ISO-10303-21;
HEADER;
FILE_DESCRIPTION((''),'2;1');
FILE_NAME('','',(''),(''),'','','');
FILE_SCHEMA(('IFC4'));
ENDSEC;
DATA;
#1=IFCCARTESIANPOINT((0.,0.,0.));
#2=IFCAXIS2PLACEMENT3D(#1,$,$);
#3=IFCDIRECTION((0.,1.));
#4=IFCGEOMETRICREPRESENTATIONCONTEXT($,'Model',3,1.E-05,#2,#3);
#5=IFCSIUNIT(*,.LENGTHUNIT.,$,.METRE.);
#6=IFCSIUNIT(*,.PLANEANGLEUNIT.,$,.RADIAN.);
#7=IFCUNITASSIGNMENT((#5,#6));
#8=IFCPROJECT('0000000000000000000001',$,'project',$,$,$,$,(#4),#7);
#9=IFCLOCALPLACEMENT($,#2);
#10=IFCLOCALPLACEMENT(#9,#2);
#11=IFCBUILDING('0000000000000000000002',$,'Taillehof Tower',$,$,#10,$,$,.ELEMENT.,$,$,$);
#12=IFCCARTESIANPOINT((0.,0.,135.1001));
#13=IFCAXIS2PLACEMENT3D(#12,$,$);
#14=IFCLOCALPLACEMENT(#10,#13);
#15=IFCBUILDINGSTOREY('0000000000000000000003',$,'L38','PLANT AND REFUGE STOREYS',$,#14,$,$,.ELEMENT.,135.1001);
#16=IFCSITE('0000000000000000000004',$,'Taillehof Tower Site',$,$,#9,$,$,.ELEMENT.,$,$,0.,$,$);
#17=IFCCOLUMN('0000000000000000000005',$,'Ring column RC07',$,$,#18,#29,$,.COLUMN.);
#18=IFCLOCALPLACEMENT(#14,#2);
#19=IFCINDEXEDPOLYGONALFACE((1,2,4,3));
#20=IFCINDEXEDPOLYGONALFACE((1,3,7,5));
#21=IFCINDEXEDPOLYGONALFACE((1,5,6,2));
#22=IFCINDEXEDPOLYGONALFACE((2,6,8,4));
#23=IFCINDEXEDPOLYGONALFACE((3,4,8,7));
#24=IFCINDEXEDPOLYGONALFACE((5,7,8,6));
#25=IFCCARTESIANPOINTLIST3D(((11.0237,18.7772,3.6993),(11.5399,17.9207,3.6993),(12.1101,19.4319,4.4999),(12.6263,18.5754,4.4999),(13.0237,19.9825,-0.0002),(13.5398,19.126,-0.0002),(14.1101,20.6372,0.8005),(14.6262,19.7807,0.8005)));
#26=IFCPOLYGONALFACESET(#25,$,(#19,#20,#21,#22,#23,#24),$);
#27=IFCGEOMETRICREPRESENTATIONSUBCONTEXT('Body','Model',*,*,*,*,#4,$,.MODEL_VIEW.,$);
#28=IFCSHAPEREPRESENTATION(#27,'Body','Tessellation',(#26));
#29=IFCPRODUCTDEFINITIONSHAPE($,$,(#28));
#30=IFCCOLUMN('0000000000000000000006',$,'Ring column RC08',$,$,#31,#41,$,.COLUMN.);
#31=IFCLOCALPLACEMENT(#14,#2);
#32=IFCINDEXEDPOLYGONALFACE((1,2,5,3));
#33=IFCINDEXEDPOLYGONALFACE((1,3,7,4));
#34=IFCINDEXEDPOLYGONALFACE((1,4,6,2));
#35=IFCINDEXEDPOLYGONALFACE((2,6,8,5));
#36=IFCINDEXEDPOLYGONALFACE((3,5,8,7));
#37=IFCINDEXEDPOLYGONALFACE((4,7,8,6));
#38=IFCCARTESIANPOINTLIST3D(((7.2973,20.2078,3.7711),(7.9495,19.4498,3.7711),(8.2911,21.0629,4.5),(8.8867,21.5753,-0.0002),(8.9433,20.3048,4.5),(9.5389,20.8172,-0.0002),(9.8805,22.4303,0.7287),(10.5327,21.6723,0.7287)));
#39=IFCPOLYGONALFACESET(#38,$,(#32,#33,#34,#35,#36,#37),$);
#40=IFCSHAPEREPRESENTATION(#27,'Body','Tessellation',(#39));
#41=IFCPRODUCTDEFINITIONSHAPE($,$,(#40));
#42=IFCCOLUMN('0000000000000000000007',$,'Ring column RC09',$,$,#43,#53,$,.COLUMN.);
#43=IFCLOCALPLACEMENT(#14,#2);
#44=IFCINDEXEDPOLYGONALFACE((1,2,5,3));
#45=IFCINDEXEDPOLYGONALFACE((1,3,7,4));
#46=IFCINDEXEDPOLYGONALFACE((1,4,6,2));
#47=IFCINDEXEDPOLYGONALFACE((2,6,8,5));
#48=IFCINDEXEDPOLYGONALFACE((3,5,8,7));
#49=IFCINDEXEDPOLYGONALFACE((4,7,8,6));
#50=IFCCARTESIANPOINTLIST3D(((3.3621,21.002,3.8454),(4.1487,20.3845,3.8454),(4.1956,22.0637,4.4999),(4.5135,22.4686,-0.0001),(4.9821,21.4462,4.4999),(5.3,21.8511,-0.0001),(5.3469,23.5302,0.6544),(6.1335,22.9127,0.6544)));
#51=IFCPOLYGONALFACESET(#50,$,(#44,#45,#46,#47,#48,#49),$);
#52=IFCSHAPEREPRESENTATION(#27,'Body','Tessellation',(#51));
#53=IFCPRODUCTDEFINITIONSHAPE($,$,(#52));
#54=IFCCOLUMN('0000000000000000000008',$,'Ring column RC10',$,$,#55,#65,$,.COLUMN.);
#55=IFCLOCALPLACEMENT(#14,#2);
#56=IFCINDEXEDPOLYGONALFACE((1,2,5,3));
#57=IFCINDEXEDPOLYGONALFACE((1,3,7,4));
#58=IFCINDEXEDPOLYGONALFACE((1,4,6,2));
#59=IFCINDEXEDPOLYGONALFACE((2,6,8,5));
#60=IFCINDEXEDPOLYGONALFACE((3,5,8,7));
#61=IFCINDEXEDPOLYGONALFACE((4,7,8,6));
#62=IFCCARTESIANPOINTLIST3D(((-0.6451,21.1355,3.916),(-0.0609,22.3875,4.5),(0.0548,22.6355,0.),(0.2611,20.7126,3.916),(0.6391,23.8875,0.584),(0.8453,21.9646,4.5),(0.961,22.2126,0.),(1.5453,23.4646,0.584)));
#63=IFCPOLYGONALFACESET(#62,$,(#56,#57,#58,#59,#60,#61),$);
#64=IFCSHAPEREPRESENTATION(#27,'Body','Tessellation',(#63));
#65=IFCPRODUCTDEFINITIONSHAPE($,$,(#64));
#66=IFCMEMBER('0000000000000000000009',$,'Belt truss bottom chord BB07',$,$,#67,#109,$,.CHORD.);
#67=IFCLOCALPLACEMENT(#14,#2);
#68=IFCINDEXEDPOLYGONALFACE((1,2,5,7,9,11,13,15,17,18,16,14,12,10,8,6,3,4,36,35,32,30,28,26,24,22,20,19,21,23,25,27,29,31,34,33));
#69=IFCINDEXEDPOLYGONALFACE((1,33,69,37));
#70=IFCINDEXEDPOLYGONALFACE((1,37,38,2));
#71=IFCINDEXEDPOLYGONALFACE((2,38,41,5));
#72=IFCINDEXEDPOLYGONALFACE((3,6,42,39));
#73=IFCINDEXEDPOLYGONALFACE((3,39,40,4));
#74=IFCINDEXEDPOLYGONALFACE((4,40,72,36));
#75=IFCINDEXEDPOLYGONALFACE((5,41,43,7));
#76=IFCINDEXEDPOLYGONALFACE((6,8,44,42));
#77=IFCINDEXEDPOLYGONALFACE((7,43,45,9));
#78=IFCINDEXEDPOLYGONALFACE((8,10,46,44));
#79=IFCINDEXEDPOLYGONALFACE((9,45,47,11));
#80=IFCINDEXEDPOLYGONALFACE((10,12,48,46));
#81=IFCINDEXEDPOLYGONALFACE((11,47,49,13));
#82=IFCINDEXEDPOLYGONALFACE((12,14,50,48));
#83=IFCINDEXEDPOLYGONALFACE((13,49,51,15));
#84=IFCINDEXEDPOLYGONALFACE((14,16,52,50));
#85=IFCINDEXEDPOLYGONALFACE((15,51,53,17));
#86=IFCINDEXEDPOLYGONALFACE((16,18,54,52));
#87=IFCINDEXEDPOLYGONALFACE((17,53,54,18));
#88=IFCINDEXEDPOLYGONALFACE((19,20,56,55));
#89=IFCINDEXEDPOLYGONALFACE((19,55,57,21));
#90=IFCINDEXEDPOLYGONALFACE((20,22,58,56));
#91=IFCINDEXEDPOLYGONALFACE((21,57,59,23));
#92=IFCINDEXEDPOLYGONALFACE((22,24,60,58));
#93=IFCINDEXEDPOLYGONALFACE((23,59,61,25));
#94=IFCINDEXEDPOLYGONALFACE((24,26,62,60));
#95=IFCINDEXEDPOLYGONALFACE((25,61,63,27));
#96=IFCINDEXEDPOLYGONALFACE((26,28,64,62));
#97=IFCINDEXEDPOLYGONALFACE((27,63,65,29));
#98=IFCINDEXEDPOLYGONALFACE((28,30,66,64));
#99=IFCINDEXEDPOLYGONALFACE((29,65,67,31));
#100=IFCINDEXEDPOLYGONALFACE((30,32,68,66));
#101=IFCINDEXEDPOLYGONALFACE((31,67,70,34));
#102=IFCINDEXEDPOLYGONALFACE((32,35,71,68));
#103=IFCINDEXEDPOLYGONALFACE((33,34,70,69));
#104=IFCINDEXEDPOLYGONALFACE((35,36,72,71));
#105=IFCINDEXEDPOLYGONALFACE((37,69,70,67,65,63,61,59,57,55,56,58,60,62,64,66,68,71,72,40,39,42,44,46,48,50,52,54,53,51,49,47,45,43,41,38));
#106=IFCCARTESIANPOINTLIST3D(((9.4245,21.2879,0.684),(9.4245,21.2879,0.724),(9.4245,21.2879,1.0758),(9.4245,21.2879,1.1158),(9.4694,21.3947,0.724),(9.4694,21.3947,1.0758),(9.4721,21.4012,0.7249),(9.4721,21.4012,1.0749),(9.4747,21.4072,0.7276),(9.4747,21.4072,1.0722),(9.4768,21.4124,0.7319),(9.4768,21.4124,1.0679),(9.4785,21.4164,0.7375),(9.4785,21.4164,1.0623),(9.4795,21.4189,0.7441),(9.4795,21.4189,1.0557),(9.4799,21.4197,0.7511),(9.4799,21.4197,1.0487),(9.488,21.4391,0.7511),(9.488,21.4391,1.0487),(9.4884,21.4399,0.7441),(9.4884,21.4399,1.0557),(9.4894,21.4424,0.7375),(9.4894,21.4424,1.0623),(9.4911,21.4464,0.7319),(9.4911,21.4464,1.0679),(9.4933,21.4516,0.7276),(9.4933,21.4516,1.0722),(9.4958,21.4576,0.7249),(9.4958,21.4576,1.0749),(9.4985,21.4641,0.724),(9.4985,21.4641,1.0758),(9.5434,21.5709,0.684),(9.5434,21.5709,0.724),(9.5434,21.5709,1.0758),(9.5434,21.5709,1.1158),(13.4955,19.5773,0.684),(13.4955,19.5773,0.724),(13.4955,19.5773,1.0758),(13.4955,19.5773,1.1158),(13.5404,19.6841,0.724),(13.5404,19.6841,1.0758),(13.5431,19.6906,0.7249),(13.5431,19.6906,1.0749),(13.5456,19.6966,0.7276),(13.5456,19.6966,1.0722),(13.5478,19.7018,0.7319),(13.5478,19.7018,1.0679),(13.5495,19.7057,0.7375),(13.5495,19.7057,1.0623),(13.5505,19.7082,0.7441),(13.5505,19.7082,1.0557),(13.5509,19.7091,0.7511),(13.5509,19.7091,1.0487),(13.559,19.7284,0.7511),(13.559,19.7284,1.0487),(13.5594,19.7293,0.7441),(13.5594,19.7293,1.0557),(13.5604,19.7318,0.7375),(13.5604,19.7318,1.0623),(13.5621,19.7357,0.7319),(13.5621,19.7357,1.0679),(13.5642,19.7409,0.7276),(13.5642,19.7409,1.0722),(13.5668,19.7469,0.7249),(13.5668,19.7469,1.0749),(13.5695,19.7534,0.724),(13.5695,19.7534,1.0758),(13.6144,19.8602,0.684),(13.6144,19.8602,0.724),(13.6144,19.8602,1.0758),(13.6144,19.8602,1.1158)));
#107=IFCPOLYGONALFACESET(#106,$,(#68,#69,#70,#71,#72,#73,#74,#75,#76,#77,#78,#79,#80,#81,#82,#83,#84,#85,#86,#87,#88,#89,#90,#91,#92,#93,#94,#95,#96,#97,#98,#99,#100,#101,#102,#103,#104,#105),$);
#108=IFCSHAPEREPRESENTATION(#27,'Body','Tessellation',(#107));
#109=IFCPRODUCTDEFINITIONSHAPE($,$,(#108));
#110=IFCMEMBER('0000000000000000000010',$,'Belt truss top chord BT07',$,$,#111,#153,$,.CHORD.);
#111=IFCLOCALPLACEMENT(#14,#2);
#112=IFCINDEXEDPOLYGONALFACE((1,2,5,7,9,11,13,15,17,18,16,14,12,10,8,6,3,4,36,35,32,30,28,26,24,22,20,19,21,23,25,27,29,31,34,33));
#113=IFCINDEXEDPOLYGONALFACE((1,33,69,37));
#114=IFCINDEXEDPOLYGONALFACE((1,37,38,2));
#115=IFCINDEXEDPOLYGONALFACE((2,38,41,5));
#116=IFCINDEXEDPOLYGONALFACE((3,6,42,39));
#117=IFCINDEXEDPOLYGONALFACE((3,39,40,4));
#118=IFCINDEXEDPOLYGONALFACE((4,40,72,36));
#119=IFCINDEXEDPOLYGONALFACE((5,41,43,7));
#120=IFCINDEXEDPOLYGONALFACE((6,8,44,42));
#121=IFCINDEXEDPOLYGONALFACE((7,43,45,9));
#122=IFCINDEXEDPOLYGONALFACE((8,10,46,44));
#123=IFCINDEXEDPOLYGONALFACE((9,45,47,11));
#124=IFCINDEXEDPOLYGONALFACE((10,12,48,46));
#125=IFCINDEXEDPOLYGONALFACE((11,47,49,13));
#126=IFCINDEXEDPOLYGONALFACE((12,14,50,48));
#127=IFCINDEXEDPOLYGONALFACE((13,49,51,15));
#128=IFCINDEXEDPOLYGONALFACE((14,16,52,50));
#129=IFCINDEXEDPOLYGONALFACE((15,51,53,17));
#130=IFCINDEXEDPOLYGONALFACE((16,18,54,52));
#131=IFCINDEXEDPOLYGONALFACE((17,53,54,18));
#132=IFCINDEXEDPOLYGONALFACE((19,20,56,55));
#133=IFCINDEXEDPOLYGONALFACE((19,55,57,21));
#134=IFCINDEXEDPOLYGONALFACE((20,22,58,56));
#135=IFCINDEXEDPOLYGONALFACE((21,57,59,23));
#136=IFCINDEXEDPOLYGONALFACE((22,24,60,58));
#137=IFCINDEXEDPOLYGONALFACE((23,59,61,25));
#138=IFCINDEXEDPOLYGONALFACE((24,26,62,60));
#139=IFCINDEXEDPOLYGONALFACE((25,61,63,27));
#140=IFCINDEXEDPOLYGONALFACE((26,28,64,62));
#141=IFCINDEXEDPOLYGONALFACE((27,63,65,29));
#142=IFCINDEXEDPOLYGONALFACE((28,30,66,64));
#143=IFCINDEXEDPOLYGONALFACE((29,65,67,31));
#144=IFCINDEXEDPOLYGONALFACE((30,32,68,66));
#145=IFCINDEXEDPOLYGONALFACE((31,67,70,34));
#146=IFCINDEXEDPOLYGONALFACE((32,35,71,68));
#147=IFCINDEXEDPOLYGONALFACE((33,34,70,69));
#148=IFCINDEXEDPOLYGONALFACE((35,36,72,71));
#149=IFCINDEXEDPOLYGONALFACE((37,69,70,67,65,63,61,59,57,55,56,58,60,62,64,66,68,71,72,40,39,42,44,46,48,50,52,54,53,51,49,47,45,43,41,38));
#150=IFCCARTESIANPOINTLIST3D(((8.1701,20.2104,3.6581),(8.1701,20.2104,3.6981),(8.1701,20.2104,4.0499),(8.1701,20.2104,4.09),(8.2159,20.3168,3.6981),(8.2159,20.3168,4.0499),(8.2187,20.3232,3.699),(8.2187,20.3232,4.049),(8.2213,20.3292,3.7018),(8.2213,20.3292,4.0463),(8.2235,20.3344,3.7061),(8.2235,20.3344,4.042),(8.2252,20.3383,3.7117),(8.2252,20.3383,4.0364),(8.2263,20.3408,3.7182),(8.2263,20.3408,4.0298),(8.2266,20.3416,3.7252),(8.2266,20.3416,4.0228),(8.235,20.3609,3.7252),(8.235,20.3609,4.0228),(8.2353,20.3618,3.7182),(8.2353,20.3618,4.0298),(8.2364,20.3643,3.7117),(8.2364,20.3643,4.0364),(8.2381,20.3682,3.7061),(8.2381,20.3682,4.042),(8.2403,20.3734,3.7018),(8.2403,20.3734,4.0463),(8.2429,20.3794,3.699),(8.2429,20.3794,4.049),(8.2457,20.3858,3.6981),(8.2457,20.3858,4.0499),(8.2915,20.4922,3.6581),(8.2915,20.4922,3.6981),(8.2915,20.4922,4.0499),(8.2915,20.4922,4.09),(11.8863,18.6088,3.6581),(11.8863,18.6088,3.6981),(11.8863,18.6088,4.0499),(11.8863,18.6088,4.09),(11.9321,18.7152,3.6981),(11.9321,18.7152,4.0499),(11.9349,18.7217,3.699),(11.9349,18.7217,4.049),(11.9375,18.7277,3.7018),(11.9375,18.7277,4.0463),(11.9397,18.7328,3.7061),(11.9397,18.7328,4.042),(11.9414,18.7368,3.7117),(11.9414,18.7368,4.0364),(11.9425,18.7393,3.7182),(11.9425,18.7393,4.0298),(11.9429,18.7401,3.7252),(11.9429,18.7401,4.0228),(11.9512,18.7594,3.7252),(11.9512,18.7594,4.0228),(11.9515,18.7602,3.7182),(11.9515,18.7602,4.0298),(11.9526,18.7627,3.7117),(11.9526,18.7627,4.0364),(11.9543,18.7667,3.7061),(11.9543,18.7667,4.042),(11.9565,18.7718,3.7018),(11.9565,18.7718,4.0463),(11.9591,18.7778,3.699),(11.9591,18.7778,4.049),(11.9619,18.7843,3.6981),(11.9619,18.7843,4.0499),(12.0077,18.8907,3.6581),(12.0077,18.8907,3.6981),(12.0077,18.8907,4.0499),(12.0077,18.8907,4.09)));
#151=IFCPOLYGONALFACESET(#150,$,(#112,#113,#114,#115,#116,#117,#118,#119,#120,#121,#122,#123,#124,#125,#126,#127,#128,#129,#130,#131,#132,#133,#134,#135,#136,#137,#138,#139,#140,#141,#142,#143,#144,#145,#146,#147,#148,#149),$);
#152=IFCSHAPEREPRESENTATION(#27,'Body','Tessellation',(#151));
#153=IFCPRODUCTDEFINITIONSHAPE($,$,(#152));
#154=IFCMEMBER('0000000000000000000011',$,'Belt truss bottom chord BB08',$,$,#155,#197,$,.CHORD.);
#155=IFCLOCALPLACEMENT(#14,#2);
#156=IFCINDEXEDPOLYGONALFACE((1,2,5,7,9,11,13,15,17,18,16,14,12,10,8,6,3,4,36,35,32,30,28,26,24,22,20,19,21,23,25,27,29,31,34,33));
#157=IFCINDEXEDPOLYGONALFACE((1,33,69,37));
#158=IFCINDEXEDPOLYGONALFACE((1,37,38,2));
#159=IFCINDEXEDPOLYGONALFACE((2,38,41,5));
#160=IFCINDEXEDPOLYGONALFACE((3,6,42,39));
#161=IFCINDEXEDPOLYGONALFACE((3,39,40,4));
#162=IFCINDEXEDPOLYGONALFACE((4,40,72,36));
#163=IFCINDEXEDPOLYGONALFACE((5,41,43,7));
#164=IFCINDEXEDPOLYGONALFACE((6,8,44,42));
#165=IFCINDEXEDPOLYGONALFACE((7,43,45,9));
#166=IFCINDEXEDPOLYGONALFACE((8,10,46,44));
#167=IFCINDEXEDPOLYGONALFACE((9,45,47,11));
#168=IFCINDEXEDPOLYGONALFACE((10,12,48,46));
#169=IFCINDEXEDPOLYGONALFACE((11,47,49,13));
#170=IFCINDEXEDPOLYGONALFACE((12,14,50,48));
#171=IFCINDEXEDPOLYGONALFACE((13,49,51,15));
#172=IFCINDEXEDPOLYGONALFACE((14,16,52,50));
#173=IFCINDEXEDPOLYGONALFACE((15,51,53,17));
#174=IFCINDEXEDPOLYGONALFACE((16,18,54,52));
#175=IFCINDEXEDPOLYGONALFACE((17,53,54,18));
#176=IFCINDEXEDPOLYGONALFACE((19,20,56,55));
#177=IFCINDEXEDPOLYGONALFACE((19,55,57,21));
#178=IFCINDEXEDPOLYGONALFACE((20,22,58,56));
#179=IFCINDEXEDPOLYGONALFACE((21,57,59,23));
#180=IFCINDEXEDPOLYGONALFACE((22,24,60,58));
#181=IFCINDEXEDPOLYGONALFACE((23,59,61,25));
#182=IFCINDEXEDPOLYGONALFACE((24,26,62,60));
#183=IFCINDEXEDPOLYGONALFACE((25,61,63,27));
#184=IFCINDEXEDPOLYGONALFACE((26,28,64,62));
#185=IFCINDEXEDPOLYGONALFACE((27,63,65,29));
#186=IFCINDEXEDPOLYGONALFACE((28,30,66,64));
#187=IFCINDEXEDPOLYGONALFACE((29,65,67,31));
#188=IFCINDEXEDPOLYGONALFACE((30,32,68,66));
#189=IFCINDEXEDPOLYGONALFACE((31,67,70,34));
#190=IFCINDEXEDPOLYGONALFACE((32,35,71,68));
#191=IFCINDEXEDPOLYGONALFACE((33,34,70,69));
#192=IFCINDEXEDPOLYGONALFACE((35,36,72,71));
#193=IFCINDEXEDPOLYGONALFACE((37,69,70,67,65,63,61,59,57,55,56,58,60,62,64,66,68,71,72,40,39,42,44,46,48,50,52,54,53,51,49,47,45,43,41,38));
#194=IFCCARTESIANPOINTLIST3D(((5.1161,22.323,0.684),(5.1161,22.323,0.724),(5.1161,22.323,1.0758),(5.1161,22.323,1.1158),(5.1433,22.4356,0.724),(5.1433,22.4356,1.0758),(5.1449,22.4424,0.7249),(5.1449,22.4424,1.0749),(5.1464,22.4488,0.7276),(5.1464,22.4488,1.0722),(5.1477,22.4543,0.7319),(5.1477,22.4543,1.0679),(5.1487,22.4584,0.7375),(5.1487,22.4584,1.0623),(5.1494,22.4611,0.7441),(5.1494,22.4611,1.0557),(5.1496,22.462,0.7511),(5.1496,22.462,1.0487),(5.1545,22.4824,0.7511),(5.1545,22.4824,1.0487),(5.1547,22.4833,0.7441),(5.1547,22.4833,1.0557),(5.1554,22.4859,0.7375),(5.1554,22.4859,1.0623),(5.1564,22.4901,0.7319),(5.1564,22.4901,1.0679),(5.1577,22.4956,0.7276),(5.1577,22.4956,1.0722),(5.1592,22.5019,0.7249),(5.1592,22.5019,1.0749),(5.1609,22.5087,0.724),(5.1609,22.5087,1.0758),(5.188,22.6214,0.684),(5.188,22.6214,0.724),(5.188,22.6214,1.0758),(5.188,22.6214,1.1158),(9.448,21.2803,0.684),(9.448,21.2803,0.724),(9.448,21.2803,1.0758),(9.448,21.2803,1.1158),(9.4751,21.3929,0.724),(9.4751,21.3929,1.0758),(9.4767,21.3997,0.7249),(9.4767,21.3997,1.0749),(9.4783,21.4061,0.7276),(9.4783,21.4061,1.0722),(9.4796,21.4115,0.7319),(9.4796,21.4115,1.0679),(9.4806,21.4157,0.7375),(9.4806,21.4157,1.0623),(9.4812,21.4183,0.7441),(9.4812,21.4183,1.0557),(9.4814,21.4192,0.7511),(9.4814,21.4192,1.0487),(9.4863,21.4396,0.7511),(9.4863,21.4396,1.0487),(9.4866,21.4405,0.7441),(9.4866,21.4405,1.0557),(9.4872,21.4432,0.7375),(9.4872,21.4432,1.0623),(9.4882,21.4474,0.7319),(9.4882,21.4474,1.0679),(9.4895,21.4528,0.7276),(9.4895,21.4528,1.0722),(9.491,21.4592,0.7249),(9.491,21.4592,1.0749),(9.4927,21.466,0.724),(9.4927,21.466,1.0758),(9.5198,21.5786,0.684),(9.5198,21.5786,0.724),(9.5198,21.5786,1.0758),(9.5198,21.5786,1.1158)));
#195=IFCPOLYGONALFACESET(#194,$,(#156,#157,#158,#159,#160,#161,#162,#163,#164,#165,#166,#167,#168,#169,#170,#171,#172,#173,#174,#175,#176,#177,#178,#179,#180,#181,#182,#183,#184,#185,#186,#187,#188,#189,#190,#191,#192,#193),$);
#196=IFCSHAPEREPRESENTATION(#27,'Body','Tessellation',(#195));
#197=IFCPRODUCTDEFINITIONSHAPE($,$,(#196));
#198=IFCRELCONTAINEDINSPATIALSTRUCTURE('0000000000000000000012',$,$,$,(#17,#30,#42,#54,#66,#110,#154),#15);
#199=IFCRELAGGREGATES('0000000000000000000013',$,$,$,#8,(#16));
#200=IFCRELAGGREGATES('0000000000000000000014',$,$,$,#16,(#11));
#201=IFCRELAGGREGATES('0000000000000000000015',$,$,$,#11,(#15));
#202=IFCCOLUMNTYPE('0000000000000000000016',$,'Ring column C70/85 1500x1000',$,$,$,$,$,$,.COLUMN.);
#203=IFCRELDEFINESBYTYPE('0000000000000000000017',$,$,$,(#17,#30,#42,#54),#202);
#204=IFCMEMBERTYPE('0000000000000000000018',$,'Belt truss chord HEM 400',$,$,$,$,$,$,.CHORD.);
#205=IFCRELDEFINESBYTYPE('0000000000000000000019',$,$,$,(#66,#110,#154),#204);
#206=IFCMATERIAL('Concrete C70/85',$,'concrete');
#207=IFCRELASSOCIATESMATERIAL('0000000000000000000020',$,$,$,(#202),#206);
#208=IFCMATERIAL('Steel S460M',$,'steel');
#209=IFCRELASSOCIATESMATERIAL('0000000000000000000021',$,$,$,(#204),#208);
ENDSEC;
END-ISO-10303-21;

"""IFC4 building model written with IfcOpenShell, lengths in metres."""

from ifc_helpers import new_model, si_unit, direction, frame, origin, origin_2d, place, context, subcontext, project, spatial, rectangle, i_section, extrude, material, material_profile, profile_set, type_object, element, save


model = new_model("IFC4")

# Units and contexts
model_context = context("Model", 3, precision=1e-05, world=origin(), true_north=direction((0.0, 1.0)))
body_context = subcontext(model_context, "Body", "Model", "MODEL_VIEW")
ifc_project = project(units=[si_unit("LENGTHUNIT", "METRE"), si_unit("PLANEANGLEUNIT", "RADIAN")], contexts=[model_context])

# Site, building, storey
site_placement = place(None, origin())
site = spatial("IfcSite", under=ifc_project, at=site_placement, Name="Taillehof Tower Site", CompositionType="ELEMENT", RefElevation=0.0)
building_placement = place(site_placement, origin())
building = spatial("IfcBuilding", under=site, at=building_placement, Name="Taillehof Tower", CompositionType="ELEMENT")
storey_placement = place(building_placement, frame((0.0, 0.0, 135.1001)))
storey = spatial("IfcBuildingStorey", under=building, at=storey_placement, Name="L38", Description="PLANT AND REFUGE STOREYS", CompositionType="ELEMENT", Elevation=135.1001)

# Columns
ifc_material_1 = material(Name="Concrete C70/85", Category="concrete")
ifc_material_profile_1 = material_profile(ifc_material_1, rectangle(XDim=1.5, YDim=1.0, at=origin_2d()), Name="RC 1500x1000")
ifc_profile_set_1 = profile_set([ifc_material_profile_1], Name="Concrete C70/85")
column_type = type_object("IfcColumnType", Name="Ring column C70/85 1500x1000", PredefinedType="COLUMN", material=ifc_profile_set_1)
column_1_placement = place(storey_placement, frame((13.825, 19.8816, 0.4001), z_axis=(-0.457164, -0.275515, 0.845631), x_axis=(0.724271, 0.43649, 0.533768)))
element("IfcColumn", 1, at=column_1_placement, inside=storey, type_object=column_type, Name="Ring column RC07", PredefinedType="COLUMN", context=body_context, shape_type="SweptSolid", body=[
    extrude(rectangle(XDim=1.5, YDim=1.0, at=origin_2d()), origin(), (0.0, 0.0, 1.0), 4.3748),
])
column_2_placement = place(storey_placement, frame((9.7097, 21.6238, 0.3643), z_axis=(-0.368343, -0.316911, 0.874009), x_axis=(0.66254, 0.570028, 0.485911)))
element("IfcColumn", 2, at=column_2_placement, inside=storey, type_object=column_type, Name="Ring column RC08", PredefinedType="COLUMN", context=body_context, shape_type="SweptSolid", body=[
    extrude(rectangle(XDim=1.5, YDim=1.0, at=origin_2d()), origin(), (0.0, 0.0, 1.0), 4.3149),
])
column_3_placement = place(storey_placement, frame((5.3235, 22.6907, 0.3271), z_axis=(-0.269412, -0.343163, 0.899809), x_axis=(0.555646, 0.707753, 0.436283)))
element("IfcColumn", 3, at=column_3_placement, inside=storey, type_object=column_type, Name="Ring column RC09", PredefinedType="COLUMN", context=body_context, shape_type="SweptSolid", body=[
    extrude(rectangle(XDim=1.5, YDim=1.0, at=origin_2d()), origin(), (0.0, 0.0, 1.0), 4.2737),
])
column_4_placement = place(storey_placement, frame((0.8, 23.05, 0.292), z_axis=(-0.164637, -0.352818, 0.921094), x_axis=(0.389495, 0.83469, 0.38934)))
element("IfcColumn", 4, at=column_4_placement, inside=storey, type_object=column_type, Name="Ring column RC10", PredefinedType="COLUMN", context=body_context, shape_type="SweptSolid", body=[
    extrude(rectangle(XDim=1.5, YDim=1.0, at=origin_2d()), origin(), (0.0, 0.0, 1.0), 4.2515),
])

# Members
ifc_material_2 = material(Name="Steel S460M", Category="steel")
ifc_material_profile_2 = material_profile(ifc_material_2, i_section(OverallWidth=0.3069, OverallDepth=0.4319, WebThickness=0.021, FlangeThickness=0.04, FilletRadius=0.0271, at=origin_2d()), Name="HEM 400")
ifc_profile_set_2 = profile_set([ifc_material_profile_2], Name="Steel S460M")
member_type_1 = type_object("IfcMemberType", Name="Belt truss chord HEM 400", PredefinedType="CHORD", material=ifc_profile_set_2)
member_1_placement = place(storey_placement, frame((13.5549, 19.7188, 0.8999), z_axis=(-0.921913, 0.387397, 0.0), x_axis=(-0.387397, -0.921913, 0.0)))
element("IfcMember", 5, at=member_1_placement, inside=storey, type_object=member_type_1, Name="Belt truss bottom chord BB07", PredefinedType="CHORD", context=body_context, shape_type="SweptSolid", body=[
    extrude(i_section(OverallWidth=0.3069, OverallDepth=0.4319, WebThickness=0.021, FlangeThickness=0.04, FilletRadius=0.0271, at=origin_2d()), origin(), (0.0, 0.0, 1.0), 4.4158),
])
member_2_placement = place(storey_placement, frame((11.947, 18.7498, 3.874), z_axis=(-0.918351, 0.395768, 0.0), x_axis=(-0.395768, -0.918351, 0.0)))
element("IfcMember", 6, at=member_2_placement, inside=storey, type_object=member_type_1, Name="Belt truss top chord BT07", PredefinedType="CHORD", context=body_context, shape_type="SweptSolid", body=[
    extrude(i_section(OverallWidth=0.3069, OverallDepth=0.4319, WebThickness=0.021, FlangeThickness=0.04, FilletRadius=0.0271, at=origin_2d()), origin(), (0.0, 0.0, 1.0), 4.0466),
])
member_3_placement = place(storey_placement, frame((9.4839, 21.4294, 0.8999), z_axis=(-0.972229, 0.23403, 0.0), x_axis=(-0.23403, -0.972229, 0.0)))
element("IfcMember", 7, at=member_3_placement, inside=storey, type_object=member_type_1, Name="Belt truss bottom chord BB08", PredefinedType="CHORD", context=body_context, shape_type="SweptSolid", body=[
    extrude(i_section(OverallWidth=0.3069, OverallDepth=0.4319, WebThickness=0.021, FlangeThickness=0.04, FilletRadius=0.0271, at=origin_2d()), origin(), (0.0, 0.0, 1.0), 4.4556),
])

save(model, "model.ifc")
